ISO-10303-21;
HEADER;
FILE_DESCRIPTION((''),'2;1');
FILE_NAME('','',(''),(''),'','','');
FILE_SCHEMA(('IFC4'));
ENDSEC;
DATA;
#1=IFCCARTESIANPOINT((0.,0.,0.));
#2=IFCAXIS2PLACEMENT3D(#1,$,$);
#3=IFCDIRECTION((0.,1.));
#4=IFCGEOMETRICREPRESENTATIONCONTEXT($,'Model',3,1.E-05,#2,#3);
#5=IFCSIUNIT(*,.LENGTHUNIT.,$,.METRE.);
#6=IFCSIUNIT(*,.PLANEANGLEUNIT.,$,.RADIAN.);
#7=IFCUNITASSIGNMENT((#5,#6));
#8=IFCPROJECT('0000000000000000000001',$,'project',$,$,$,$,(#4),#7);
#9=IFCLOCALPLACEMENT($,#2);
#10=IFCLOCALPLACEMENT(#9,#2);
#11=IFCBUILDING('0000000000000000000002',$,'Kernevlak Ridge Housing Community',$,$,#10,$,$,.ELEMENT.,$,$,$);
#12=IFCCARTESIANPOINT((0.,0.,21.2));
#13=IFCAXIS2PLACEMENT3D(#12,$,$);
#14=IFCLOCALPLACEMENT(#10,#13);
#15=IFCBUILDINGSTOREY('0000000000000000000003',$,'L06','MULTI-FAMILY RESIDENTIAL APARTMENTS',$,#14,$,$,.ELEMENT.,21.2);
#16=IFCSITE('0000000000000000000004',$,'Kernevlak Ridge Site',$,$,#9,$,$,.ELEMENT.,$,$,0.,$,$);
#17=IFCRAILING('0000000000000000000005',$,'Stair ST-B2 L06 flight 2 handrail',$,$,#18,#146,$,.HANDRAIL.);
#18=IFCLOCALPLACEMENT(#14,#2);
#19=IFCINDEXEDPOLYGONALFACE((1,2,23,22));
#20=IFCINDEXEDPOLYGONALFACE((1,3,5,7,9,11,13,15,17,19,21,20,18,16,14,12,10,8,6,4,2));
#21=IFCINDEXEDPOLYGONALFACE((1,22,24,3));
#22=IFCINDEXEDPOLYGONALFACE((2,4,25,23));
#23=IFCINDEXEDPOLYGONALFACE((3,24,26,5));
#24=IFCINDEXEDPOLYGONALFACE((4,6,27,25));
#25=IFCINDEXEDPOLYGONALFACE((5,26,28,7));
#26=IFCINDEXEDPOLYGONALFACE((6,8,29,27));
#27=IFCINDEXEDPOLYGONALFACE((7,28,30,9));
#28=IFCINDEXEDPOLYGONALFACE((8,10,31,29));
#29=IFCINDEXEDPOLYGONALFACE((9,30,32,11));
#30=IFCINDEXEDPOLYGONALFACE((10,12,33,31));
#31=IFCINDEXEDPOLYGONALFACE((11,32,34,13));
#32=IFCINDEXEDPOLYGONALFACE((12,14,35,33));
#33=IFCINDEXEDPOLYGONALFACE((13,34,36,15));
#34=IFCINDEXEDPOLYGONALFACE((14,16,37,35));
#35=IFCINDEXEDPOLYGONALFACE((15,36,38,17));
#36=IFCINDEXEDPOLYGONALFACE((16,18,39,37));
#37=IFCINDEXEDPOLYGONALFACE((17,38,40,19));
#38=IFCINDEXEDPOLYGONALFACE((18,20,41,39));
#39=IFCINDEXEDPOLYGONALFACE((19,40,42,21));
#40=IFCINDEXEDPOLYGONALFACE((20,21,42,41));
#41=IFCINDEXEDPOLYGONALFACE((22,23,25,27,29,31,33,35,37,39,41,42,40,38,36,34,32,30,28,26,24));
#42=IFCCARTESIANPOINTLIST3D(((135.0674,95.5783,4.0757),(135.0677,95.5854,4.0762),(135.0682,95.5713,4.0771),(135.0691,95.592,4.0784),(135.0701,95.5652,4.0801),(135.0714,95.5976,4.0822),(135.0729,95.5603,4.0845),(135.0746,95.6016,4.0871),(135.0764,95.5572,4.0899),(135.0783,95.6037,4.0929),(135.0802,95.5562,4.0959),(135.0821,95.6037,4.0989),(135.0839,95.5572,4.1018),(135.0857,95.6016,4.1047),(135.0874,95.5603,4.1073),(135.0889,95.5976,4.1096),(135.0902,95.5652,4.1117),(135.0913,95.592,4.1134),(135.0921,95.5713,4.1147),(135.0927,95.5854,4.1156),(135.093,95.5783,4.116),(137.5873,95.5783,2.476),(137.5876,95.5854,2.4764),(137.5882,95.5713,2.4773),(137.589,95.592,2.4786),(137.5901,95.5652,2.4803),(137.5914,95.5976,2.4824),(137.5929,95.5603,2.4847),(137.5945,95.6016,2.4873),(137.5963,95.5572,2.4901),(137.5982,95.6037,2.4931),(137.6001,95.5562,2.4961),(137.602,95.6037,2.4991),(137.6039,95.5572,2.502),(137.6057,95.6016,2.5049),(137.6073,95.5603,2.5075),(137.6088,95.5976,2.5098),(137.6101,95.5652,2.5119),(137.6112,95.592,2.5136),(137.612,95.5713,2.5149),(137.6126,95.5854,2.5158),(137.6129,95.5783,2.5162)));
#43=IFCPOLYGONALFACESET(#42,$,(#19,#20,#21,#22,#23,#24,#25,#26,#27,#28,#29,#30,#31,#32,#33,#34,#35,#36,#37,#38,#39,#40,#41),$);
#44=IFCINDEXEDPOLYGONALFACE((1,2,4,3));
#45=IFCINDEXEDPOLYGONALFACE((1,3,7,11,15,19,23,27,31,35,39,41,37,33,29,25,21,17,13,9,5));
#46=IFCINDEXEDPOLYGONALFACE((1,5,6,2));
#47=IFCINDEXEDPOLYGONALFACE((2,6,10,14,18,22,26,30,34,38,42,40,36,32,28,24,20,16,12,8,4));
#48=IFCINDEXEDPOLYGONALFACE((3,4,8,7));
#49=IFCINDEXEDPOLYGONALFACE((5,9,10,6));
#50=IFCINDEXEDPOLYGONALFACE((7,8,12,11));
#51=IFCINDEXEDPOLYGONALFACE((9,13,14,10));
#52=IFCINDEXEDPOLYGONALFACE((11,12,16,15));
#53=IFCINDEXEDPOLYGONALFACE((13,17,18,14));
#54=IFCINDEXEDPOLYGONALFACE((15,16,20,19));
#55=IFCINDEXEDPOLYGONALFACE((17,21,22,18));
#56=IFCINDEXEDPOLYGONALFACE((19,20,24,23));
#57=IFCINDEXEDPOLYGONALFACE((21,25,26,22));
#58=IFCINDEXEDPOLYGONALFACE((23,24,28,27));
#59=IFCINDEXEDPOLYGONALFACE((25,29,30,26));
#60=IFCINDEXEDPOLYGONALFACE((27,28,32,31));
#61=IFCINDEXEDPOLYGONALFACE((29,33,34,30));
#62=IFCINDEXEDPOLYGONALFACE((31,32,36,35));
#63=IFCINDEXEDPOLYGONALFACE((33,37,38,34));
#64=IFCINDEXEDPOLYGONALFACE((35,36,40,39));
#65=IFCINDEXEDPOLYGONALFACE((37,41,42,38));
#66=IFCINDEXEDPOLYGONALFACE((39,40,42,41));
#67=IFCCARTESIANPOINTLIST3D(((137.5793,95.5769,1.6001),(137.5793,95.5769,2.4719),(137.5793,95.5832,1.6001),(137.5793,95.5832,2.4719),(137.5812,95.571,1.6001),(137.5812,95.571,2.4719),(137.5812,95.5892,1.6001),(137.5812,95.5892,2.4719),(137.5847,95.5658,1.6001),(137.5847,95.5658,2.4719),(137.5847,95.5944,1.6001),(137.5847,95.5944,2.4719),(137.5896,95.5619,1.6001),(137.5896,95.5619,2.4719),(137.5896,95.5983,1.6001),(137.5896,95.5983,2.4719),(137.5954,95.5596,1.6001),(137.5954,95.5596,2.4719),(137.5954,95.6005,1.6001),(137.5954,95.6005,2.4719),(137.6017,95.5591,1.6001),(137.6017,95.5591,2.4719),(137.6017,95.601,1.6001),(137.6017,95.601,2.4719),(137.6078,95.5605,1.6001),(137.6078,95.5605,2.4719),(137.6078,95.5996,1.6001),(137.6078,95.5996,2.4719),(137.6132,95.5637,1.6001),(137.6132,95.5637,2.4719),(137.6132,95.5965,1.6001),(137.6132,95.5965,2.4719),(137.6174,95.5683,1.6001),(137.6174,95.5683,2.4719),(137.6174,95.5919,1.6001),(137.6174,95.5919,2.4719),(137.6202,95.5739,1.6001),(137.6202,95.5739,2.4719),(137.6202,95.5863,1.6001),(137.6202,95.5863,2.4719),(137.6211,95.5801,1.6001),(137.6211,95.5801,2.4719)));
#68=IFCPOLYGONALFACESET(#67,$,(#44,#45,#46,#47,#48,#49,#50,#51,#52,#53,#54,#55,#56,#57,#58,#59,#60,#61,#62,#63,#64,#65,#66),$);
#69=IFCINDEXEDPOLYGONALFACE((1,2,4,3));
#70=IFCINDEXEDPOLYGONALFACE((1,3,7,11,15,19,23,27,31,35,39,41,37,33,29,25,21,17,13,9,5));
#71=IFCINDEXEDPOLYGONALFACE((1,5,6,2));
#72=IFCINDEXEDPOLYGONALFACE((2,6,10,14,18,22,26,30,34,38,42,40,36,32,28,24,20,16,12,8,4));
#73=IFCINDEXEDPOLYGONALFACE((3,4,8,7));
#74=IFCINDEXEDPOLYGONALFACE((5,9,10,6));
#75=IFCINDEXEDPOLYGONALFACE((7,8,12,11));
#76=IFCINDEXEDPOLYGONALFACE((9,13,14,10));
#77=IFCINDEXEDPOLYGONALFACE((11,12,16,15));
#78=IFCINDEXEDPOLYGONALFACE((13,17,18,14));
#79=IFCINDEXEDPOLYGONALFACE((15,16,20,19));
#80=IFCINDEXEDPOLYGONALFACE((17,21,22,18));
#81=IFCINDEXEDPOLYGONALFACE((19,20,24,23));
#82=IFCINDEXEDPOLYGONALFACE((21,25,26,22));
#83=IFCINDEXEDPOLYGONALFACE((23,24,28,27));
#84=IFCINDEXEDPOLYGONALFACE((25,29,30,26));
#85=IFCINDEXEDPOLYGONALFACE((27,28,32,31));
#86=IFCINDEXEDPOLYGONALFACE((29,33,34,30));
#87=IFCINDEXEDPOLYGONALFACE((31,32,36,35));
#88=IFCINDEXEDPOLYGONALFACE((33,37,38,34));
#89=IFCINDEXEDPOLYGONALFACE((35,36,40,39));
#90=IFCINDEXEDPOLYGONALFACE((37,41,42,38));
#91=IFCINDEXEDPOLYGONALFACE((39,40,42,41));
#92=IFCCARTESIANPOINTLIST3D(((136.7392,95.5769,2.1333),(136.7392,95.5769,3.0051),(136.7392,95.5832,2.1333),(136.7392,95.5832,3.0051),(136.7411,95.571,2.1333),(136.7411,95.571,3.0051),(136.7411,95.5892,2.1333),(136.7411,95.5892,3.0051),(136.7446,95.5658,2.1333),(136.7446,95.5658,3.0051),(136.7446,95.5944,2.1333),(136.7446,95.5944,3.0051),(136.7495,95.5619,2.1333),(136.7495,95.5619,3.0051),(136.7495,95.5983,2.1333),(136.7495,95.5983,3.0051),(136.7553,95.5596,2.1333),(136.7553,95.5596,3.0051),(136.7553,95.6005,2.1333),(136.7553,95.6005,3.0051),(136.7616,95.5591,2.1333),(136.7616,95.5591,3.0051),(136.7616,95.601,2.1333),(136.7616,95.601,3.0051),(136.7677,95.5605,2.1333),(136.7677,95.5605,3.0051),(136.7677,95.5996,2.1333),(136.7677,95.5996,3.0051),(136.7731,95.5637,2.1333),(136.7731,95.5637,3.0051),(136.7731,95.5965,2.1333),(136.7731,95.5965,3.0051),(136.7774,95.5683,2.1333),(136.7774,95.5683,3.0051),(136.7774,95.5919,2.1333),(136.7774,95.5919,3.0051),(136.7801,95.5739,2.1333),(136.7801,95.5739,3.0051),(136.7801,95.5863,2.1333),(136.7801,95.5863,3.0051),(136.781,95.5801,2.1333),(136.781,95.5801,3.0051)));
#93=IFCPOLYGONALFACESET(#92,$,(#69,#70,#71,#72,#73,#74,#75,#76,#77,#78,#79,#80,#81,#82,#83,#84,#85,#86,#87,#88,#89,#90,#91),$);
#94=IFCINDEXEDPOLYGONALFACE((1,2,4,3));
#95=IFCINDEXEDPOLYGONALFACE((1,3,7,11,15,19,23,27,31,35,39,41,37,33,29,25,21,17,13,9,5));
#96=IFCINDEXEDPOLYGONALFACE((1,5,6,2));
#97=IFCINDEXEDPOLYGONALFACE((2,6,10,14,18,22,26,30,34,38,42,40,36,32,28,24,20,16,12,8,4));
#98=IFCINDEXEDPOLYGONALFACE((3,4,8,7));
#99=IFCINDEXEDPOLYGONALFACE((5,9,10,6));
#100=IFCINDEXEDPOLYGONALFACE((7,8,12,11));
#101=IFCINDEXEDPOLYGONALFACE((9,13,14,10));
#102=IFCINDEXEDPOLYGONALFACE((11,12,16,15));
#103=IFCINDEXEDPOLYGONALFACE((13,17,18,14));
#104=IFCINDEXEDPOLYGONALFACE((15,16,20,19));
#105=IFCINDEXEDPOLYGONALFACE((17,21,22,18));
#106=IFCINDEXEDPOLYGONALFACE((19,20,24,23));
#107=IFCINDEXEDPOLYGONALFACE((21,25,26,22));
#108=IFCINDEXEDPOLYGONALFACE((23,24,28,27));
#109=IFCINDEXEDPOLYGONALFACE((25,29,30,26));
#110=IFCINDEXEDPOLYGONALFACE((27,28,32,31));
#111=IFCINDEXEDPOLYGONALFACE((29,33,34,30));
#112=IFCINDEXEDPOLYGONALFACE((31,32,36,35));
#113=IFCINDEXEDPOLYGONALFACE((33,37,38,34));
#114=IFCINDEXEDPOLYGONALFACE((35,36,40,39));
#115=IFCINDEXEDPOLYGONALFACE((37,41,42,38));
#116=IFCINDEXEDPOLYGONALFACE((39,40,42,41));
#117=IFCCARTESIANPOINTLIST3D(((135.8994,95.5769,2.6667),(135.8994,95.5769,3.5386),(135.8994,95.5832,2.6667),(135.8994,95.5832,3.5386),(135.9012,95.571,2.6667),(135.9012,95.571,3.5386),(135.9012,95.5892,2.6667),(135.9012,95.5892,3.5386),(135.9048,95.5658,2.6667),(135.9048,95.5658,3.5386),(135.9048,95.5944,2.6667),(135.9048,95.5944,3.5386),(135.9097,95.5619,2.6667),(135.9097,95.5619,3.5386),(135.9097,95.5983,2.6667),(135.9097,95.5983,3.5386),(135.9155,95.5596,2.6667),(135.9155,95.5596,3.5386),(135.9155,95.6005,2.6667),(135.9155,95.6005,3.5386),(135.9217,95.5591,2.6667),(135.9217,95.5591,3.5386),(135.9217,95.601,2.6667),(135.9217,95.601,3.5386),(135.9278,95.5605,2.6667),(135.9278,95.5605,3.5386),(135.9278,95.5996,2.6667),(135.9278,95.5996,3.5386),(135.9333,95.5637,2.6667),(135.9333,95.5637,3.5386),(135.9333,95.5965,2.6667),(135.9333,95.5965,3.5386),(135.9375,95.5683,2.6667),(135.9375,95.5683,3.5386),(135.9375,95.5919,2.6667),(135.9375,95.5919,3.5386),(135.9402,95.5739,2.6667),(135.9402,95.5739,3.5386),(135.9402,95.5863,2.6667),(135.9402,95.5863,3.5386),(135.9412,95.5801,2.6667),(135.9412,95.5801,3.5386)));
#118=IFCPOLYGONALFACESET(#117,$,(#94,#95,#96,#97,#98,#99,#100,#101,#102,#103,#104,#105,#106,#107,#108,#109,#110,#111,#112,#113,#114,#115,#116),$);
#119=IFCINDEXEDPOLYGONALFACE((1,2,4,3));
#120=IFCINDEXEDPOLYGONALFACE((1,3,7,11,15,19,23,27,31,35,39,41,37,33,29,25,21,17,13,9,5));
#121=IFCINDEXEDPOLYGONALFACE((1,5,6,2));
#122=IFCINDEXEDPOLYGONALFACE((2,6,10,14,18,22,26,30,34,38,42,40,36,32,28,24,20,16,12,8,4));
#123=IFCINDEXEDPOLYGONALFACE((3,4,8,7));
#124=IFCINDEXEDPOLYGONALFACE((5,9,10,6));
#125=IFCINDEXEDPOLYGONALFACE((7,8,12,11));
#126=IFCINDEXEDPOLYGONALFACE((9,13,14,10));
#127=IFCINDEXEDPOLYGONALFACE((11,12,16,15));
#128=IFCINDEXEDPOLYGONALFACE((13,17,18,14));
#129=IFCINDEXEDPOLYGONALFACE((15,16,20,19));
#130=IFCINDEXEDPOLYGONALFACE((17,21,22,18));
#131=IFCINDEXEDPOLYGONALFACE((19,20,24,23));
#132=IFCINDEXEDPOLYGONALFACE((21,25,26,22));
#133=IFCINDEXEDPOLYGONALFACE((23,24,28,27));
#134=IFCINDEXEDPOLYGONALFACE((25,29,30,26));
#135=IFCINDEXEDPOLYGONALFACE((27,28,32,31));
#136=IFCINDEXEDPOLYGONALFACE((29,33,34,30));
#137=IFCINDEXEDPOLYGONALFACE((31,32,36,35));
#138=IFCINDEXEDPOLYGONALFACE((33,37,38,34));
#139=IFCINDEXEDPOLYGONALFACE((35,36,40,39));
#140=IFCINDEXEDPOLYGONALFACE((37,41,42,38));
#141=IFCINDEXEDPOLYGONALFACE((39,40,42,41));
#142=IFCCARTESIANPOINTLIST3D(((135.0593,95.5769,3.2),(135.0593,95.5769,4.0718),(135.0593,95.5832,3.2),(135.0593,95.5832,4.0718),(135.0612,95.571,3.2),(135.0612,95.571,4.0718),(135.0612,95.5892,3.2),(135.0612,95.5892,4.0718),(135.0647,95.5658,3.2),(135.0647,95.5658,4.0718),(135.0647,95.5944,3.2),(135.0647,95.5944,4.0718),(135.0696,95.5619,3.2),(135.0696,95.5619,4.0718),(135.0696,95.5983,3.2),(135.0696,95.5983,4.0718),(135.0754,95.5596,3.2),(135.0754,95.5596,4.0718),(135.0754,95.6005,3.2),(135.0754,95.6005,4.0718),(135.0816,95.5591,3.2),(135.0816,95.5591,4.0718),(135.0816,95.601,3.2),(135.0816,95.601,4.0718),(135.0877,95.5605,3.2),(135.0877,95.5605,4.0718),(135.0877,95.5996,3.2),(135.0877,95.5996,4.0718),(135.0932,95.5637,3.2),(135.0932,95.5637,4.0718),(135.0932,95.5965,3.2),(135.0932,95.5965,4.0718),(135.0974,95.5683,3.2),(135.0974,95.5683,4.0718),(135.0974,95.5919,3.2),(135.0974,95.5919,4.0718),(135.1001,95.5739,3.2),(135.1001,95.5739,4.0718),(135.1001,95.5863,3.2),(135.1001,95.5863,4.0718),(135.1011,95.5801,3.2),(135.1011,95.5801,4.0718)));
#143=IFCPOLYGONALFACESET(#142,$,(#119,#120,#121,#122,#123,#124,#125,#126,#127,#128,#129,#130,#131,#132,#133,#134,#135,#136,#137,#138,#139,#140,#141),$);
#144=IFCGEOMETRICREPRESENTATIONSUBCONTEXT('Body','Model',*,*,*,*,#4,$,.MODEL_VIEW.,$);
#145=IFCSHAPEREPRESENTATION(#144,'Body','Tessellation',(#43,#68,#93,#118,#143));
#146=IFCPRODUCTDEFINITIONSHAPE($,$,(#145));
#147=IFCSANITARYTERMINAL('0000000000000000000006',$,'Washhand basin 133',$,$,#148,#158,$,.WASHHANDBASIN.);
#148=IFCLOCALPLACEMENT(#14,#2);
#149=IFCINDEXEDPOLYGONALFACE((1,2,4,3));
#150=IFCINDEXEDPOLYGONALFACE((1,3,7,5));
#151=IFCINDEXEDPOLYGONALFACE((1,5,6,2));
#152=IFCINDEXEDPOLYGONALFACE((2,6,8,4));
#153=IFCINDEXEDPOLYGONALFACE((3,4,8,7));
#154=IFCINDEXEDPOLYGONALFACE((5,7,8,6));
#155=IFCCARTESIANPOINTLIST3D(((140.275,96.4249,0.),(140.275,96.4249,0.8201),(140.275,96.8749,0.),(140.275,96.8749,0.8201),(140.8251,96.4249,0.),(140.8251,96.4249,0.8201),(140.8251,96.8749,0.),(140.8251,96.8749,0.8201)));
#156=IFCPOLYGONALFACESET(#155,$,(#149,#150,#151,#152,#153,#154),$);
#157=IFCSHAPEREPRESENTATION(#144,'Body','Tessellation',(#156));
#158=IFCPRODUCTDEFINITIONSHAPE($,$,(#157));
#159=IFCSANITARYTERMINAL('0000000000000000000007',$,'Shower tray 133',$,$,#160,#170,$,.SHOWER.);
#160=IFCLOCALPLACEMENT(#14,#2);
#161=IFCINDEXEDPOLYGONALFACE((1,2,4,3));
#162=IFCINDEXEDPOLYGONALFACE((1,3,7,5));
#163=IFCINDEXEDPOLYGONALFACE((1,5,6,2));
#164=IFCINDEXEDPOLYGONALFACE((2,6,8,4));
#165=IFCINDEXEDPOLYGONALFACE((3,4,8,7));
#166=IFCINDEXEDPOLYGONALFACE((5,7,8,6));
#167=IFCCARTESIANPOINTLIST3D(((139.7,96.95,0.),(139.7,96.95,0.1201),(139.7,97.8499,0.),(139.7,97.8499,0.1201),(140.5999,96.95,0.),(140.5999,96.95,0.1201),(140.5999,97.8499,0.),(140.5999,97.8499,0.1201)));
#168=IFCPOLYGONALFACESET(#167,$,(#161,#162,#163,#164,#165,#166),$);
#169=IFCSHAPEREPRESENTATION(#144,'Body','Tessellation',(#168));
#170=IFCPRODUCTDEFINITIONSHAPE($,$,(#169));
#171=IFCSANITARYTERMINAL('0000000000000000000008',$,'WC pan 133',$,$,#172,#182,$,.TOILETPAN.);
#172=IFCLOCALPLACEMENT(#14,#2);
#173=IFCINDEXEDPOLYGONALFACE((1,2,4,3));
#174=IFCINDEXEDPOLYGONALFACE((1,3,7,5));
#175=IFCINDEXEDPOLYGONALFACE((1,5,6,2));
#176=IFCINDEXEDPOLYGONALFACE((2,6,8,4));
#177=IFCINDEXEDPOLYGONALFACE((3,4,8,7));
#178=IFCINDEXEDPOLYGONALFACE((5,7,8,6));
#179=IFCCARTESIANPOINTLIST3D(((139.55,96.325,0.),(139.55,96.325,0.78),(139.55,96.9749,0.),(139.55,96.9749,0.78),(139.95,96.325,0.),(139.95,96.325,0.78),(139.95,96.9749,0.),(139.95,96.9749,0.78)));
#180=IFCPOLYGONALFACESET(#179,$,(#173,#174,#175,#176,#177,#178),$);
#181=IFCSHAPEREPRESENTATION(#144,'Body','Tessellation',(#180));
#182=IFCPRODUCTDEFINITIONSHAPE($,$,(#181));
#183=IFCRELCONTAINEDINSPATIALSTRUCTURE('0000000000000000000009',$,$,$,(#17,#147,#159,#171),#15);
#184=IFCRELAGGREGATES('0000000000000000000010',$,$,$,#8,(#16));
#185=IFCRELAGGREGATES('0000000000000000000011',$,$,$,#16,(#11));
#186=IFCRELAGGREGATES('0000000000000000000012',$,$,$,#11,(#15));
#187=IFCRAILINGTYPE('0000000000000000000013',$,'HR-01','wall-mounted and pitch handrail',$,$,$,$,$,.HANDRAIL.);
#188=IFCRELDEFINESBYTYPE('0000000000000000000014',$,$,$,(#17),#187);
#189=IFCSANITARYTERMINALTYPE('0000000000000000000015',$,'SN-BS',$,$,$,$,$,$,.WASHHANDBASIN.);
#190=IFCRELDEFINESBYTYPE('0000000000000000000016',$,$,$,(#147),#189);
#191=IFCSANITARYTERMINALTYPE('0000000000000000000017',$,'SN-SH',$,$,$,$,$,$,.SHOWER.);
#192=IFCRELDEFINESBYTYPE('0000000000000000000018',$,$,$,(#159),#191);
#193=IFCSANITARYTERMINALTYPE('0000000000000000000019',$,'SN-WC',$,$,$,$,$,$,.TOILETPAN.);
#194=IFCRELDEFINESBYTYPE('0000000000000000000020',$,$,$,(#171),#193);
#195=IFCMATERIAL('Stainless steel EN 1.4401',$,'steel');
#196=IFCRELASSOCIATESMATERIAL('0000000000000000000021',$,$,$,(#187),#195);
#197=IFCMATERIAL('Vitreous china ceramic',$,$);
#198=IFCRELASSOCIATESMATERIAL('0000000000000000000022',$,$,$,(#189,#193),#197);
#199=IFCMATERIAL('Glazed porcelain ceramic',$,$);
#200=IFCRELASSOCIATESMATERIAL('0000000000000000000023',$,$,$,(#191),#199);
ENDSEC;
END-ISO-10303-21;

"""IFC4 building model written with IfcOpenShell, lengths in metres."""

from ifc_helpers import new_model, si_unit, direction, frame, origin, origin_2d, place, context, subcontext, project, spatial, rectangle, circle, extrude, material, type_object, element, save


model = new_model("IFC4")

# Units and contexts
model_context = context("Model", 3, precision=1e-05, world=origin(), true_north=direction((0.0, 1.0)))
body_context = subcontext(model_context, "Body", "Model", "MODEL_VIEW")
ifc_project = project(units=[si_unit("LENGTHUNIT", "METRE"), si_unit("PLANEANGLEUNIT", "RADIAN")], contexts=[model_context])

# Site, building, storey
site_placement = place(None, origin())
site = spatial("IfcSite", under=ifc_project, at=site_placement, Name="Kernevlak Ridge Site", CompositionType="ELEMENT", RefElevation=0.0)
building_placement = place(site_placement, origin())
building = spatial("IfcBuilding", under=site, at=building_placement, Name="Kernevlak Ridge Housing Community", CompositionType="ELEMENT")
storey_placement = place(building_placement, frame((0.0, 0.0, 21.2)))
storey = spatial("IfcBuildingStorey", under=building, at=storey_placement, Name="L06", Description="MULTI-FAMILY RESIDENTIAL APARTMENTS", CompositionType="ELEMENT", Elevation=21.2)

# Railing
ifc_material_1 = material(Name="Stainless steel EN 1.4401", Category="steel")
railing_type_1 = type_object("IfcRailingType", Name="HR-01", Description="wall-mounted and pitch handrail", PredefinedType="HANDRAIL", material=ifc_material_1)
railing_1_placement = place(storey_placement, frame((137.6001, 95.5801, 1.6001)))
element("IfcRailing", 1, at=railing_1_placement, inside=storey, type_object=railing_type_1, Name="Stair ST-B2 L06 flight 2 handrail", PredefinedType="HANDRAIL", context=body_context, shape_type="SweptSolid", body=[
    extrude(circle(Radius=0.0239, at=origin_2d()), frame((0.0, 0.0, 0.896), z_axis=(-0.844237, 0.0, 0.53597), x_axis=(0.0, -1.0, 0.0)), (0.0, 0.0, 1.0), 2.9849),
    extrude(circle(Radius=0.021, at=origin_2d()), origin(), (0.0, 0.0, 1.0), 0.8718),
    extrude(circle(Radius=0.021, at=origin_2d()), frame((-0.8401, 0.0, 0.5332)), (0.0, 0.0, 1.0), 0.8718),
    extrude(circle(Radius=0.021, at=origin_2d()), frame((-1.6799, 0.0, 1.0667)), (0.0, 0.0, 1.0), 0.8718),
    extrude(circle(Radius=0.021, at=origin_2d()), frame((-2.52, 0.0, 1.5999)), (0.0, 0.0, 1.0), 0.8718),
])

# Sanitary terminals
ifc_material_2 = material(Name="Vitreous china ceramic")
sanitary_terminal_type_1 = type_object("IfcSanitaryTerminalType", Name="SN-BS", PredefinedType="WASHHANDBASIN", material=ifc_material_2)
sanitary_terminal_1_placement = place(storey_placement, frame((140.55, 96.6499, 0.0), z_axis=(0.0, 0.0, 1.0), x_axis=(1.0, 0.0, 0.0)))
element("IfcSanitaryTerminal", 2, at=sanitary_terminal_1_placement, inside=storey, type_object=sanitary_terminal_type_1, Name="Washhand basin 133", PredefinedType="WASHHANDBASIN", context=body_context, shape_type="SweptSolid", body=[
    extrude(rectangle(XDim=0.55, YDim=0.45, at=origin_2d()), origin(), (0.0, 0.0, 1.0), 0.8201),
])
ifc_material_3 = material(Name="Glazed porcelain ceramic")
sanitary_terminal_type_2 = type_object("IfcSanitaryTerminalType", Name="SN-SH", PredefinedType="SHOWER", material=ifc_material_3)
sanitary_terminal_2_placement = place(storey_placement, frame((140.1499, 97.3999, 0.0), z_axis=(0.0, 0.0, 1.0), x_axis=(1.0, 0.0, 0.0)))
element("IfcSanitaryTerminal", 3, at=sanitary_terminal_2_placement, inside=storey, type_object=sanitary_terminal_type_2, Name="Shower tray 133", PredefinedType="SHOWER", context=body_context, shape_type="SweptSolid", body=[
    extrude(rectangle(XDim=0.8999, YDim=0.8999, at=origin_2d()), origin(), (0.0, 0.0, 1.0), 0.1201),
])
sanitary_terminal_type_3 = type_object("IfcSanitaryTerminalType", Name="SN-WC", PredefinedType="TOILETPAN", material=ifc_material_2)
sanitary_terminal_3_placement = place(storey_placement, frame((139.75, 96.6499, 0.0), z_axis=(0.0, 0.0, 1.0), x_axis=(1.0, 0.0, 0.0)))
element("IfcSanitaryTerminal", 4, at=sanitary_terminal_3_placement, inside=storey, type_object=sanitary_terminal_type_3, Name="WC pan 133", PredefinedType="TOILETPAN", context=body_context, shape_type="SweptSolid", body=[
    extrude(rectangle(XDim=0.3999, YDim=0.6499, at=origin_2d()), origin(), (0.0, 0.0, 1.0), 0.78),
])

save(model, "model.ifc")
